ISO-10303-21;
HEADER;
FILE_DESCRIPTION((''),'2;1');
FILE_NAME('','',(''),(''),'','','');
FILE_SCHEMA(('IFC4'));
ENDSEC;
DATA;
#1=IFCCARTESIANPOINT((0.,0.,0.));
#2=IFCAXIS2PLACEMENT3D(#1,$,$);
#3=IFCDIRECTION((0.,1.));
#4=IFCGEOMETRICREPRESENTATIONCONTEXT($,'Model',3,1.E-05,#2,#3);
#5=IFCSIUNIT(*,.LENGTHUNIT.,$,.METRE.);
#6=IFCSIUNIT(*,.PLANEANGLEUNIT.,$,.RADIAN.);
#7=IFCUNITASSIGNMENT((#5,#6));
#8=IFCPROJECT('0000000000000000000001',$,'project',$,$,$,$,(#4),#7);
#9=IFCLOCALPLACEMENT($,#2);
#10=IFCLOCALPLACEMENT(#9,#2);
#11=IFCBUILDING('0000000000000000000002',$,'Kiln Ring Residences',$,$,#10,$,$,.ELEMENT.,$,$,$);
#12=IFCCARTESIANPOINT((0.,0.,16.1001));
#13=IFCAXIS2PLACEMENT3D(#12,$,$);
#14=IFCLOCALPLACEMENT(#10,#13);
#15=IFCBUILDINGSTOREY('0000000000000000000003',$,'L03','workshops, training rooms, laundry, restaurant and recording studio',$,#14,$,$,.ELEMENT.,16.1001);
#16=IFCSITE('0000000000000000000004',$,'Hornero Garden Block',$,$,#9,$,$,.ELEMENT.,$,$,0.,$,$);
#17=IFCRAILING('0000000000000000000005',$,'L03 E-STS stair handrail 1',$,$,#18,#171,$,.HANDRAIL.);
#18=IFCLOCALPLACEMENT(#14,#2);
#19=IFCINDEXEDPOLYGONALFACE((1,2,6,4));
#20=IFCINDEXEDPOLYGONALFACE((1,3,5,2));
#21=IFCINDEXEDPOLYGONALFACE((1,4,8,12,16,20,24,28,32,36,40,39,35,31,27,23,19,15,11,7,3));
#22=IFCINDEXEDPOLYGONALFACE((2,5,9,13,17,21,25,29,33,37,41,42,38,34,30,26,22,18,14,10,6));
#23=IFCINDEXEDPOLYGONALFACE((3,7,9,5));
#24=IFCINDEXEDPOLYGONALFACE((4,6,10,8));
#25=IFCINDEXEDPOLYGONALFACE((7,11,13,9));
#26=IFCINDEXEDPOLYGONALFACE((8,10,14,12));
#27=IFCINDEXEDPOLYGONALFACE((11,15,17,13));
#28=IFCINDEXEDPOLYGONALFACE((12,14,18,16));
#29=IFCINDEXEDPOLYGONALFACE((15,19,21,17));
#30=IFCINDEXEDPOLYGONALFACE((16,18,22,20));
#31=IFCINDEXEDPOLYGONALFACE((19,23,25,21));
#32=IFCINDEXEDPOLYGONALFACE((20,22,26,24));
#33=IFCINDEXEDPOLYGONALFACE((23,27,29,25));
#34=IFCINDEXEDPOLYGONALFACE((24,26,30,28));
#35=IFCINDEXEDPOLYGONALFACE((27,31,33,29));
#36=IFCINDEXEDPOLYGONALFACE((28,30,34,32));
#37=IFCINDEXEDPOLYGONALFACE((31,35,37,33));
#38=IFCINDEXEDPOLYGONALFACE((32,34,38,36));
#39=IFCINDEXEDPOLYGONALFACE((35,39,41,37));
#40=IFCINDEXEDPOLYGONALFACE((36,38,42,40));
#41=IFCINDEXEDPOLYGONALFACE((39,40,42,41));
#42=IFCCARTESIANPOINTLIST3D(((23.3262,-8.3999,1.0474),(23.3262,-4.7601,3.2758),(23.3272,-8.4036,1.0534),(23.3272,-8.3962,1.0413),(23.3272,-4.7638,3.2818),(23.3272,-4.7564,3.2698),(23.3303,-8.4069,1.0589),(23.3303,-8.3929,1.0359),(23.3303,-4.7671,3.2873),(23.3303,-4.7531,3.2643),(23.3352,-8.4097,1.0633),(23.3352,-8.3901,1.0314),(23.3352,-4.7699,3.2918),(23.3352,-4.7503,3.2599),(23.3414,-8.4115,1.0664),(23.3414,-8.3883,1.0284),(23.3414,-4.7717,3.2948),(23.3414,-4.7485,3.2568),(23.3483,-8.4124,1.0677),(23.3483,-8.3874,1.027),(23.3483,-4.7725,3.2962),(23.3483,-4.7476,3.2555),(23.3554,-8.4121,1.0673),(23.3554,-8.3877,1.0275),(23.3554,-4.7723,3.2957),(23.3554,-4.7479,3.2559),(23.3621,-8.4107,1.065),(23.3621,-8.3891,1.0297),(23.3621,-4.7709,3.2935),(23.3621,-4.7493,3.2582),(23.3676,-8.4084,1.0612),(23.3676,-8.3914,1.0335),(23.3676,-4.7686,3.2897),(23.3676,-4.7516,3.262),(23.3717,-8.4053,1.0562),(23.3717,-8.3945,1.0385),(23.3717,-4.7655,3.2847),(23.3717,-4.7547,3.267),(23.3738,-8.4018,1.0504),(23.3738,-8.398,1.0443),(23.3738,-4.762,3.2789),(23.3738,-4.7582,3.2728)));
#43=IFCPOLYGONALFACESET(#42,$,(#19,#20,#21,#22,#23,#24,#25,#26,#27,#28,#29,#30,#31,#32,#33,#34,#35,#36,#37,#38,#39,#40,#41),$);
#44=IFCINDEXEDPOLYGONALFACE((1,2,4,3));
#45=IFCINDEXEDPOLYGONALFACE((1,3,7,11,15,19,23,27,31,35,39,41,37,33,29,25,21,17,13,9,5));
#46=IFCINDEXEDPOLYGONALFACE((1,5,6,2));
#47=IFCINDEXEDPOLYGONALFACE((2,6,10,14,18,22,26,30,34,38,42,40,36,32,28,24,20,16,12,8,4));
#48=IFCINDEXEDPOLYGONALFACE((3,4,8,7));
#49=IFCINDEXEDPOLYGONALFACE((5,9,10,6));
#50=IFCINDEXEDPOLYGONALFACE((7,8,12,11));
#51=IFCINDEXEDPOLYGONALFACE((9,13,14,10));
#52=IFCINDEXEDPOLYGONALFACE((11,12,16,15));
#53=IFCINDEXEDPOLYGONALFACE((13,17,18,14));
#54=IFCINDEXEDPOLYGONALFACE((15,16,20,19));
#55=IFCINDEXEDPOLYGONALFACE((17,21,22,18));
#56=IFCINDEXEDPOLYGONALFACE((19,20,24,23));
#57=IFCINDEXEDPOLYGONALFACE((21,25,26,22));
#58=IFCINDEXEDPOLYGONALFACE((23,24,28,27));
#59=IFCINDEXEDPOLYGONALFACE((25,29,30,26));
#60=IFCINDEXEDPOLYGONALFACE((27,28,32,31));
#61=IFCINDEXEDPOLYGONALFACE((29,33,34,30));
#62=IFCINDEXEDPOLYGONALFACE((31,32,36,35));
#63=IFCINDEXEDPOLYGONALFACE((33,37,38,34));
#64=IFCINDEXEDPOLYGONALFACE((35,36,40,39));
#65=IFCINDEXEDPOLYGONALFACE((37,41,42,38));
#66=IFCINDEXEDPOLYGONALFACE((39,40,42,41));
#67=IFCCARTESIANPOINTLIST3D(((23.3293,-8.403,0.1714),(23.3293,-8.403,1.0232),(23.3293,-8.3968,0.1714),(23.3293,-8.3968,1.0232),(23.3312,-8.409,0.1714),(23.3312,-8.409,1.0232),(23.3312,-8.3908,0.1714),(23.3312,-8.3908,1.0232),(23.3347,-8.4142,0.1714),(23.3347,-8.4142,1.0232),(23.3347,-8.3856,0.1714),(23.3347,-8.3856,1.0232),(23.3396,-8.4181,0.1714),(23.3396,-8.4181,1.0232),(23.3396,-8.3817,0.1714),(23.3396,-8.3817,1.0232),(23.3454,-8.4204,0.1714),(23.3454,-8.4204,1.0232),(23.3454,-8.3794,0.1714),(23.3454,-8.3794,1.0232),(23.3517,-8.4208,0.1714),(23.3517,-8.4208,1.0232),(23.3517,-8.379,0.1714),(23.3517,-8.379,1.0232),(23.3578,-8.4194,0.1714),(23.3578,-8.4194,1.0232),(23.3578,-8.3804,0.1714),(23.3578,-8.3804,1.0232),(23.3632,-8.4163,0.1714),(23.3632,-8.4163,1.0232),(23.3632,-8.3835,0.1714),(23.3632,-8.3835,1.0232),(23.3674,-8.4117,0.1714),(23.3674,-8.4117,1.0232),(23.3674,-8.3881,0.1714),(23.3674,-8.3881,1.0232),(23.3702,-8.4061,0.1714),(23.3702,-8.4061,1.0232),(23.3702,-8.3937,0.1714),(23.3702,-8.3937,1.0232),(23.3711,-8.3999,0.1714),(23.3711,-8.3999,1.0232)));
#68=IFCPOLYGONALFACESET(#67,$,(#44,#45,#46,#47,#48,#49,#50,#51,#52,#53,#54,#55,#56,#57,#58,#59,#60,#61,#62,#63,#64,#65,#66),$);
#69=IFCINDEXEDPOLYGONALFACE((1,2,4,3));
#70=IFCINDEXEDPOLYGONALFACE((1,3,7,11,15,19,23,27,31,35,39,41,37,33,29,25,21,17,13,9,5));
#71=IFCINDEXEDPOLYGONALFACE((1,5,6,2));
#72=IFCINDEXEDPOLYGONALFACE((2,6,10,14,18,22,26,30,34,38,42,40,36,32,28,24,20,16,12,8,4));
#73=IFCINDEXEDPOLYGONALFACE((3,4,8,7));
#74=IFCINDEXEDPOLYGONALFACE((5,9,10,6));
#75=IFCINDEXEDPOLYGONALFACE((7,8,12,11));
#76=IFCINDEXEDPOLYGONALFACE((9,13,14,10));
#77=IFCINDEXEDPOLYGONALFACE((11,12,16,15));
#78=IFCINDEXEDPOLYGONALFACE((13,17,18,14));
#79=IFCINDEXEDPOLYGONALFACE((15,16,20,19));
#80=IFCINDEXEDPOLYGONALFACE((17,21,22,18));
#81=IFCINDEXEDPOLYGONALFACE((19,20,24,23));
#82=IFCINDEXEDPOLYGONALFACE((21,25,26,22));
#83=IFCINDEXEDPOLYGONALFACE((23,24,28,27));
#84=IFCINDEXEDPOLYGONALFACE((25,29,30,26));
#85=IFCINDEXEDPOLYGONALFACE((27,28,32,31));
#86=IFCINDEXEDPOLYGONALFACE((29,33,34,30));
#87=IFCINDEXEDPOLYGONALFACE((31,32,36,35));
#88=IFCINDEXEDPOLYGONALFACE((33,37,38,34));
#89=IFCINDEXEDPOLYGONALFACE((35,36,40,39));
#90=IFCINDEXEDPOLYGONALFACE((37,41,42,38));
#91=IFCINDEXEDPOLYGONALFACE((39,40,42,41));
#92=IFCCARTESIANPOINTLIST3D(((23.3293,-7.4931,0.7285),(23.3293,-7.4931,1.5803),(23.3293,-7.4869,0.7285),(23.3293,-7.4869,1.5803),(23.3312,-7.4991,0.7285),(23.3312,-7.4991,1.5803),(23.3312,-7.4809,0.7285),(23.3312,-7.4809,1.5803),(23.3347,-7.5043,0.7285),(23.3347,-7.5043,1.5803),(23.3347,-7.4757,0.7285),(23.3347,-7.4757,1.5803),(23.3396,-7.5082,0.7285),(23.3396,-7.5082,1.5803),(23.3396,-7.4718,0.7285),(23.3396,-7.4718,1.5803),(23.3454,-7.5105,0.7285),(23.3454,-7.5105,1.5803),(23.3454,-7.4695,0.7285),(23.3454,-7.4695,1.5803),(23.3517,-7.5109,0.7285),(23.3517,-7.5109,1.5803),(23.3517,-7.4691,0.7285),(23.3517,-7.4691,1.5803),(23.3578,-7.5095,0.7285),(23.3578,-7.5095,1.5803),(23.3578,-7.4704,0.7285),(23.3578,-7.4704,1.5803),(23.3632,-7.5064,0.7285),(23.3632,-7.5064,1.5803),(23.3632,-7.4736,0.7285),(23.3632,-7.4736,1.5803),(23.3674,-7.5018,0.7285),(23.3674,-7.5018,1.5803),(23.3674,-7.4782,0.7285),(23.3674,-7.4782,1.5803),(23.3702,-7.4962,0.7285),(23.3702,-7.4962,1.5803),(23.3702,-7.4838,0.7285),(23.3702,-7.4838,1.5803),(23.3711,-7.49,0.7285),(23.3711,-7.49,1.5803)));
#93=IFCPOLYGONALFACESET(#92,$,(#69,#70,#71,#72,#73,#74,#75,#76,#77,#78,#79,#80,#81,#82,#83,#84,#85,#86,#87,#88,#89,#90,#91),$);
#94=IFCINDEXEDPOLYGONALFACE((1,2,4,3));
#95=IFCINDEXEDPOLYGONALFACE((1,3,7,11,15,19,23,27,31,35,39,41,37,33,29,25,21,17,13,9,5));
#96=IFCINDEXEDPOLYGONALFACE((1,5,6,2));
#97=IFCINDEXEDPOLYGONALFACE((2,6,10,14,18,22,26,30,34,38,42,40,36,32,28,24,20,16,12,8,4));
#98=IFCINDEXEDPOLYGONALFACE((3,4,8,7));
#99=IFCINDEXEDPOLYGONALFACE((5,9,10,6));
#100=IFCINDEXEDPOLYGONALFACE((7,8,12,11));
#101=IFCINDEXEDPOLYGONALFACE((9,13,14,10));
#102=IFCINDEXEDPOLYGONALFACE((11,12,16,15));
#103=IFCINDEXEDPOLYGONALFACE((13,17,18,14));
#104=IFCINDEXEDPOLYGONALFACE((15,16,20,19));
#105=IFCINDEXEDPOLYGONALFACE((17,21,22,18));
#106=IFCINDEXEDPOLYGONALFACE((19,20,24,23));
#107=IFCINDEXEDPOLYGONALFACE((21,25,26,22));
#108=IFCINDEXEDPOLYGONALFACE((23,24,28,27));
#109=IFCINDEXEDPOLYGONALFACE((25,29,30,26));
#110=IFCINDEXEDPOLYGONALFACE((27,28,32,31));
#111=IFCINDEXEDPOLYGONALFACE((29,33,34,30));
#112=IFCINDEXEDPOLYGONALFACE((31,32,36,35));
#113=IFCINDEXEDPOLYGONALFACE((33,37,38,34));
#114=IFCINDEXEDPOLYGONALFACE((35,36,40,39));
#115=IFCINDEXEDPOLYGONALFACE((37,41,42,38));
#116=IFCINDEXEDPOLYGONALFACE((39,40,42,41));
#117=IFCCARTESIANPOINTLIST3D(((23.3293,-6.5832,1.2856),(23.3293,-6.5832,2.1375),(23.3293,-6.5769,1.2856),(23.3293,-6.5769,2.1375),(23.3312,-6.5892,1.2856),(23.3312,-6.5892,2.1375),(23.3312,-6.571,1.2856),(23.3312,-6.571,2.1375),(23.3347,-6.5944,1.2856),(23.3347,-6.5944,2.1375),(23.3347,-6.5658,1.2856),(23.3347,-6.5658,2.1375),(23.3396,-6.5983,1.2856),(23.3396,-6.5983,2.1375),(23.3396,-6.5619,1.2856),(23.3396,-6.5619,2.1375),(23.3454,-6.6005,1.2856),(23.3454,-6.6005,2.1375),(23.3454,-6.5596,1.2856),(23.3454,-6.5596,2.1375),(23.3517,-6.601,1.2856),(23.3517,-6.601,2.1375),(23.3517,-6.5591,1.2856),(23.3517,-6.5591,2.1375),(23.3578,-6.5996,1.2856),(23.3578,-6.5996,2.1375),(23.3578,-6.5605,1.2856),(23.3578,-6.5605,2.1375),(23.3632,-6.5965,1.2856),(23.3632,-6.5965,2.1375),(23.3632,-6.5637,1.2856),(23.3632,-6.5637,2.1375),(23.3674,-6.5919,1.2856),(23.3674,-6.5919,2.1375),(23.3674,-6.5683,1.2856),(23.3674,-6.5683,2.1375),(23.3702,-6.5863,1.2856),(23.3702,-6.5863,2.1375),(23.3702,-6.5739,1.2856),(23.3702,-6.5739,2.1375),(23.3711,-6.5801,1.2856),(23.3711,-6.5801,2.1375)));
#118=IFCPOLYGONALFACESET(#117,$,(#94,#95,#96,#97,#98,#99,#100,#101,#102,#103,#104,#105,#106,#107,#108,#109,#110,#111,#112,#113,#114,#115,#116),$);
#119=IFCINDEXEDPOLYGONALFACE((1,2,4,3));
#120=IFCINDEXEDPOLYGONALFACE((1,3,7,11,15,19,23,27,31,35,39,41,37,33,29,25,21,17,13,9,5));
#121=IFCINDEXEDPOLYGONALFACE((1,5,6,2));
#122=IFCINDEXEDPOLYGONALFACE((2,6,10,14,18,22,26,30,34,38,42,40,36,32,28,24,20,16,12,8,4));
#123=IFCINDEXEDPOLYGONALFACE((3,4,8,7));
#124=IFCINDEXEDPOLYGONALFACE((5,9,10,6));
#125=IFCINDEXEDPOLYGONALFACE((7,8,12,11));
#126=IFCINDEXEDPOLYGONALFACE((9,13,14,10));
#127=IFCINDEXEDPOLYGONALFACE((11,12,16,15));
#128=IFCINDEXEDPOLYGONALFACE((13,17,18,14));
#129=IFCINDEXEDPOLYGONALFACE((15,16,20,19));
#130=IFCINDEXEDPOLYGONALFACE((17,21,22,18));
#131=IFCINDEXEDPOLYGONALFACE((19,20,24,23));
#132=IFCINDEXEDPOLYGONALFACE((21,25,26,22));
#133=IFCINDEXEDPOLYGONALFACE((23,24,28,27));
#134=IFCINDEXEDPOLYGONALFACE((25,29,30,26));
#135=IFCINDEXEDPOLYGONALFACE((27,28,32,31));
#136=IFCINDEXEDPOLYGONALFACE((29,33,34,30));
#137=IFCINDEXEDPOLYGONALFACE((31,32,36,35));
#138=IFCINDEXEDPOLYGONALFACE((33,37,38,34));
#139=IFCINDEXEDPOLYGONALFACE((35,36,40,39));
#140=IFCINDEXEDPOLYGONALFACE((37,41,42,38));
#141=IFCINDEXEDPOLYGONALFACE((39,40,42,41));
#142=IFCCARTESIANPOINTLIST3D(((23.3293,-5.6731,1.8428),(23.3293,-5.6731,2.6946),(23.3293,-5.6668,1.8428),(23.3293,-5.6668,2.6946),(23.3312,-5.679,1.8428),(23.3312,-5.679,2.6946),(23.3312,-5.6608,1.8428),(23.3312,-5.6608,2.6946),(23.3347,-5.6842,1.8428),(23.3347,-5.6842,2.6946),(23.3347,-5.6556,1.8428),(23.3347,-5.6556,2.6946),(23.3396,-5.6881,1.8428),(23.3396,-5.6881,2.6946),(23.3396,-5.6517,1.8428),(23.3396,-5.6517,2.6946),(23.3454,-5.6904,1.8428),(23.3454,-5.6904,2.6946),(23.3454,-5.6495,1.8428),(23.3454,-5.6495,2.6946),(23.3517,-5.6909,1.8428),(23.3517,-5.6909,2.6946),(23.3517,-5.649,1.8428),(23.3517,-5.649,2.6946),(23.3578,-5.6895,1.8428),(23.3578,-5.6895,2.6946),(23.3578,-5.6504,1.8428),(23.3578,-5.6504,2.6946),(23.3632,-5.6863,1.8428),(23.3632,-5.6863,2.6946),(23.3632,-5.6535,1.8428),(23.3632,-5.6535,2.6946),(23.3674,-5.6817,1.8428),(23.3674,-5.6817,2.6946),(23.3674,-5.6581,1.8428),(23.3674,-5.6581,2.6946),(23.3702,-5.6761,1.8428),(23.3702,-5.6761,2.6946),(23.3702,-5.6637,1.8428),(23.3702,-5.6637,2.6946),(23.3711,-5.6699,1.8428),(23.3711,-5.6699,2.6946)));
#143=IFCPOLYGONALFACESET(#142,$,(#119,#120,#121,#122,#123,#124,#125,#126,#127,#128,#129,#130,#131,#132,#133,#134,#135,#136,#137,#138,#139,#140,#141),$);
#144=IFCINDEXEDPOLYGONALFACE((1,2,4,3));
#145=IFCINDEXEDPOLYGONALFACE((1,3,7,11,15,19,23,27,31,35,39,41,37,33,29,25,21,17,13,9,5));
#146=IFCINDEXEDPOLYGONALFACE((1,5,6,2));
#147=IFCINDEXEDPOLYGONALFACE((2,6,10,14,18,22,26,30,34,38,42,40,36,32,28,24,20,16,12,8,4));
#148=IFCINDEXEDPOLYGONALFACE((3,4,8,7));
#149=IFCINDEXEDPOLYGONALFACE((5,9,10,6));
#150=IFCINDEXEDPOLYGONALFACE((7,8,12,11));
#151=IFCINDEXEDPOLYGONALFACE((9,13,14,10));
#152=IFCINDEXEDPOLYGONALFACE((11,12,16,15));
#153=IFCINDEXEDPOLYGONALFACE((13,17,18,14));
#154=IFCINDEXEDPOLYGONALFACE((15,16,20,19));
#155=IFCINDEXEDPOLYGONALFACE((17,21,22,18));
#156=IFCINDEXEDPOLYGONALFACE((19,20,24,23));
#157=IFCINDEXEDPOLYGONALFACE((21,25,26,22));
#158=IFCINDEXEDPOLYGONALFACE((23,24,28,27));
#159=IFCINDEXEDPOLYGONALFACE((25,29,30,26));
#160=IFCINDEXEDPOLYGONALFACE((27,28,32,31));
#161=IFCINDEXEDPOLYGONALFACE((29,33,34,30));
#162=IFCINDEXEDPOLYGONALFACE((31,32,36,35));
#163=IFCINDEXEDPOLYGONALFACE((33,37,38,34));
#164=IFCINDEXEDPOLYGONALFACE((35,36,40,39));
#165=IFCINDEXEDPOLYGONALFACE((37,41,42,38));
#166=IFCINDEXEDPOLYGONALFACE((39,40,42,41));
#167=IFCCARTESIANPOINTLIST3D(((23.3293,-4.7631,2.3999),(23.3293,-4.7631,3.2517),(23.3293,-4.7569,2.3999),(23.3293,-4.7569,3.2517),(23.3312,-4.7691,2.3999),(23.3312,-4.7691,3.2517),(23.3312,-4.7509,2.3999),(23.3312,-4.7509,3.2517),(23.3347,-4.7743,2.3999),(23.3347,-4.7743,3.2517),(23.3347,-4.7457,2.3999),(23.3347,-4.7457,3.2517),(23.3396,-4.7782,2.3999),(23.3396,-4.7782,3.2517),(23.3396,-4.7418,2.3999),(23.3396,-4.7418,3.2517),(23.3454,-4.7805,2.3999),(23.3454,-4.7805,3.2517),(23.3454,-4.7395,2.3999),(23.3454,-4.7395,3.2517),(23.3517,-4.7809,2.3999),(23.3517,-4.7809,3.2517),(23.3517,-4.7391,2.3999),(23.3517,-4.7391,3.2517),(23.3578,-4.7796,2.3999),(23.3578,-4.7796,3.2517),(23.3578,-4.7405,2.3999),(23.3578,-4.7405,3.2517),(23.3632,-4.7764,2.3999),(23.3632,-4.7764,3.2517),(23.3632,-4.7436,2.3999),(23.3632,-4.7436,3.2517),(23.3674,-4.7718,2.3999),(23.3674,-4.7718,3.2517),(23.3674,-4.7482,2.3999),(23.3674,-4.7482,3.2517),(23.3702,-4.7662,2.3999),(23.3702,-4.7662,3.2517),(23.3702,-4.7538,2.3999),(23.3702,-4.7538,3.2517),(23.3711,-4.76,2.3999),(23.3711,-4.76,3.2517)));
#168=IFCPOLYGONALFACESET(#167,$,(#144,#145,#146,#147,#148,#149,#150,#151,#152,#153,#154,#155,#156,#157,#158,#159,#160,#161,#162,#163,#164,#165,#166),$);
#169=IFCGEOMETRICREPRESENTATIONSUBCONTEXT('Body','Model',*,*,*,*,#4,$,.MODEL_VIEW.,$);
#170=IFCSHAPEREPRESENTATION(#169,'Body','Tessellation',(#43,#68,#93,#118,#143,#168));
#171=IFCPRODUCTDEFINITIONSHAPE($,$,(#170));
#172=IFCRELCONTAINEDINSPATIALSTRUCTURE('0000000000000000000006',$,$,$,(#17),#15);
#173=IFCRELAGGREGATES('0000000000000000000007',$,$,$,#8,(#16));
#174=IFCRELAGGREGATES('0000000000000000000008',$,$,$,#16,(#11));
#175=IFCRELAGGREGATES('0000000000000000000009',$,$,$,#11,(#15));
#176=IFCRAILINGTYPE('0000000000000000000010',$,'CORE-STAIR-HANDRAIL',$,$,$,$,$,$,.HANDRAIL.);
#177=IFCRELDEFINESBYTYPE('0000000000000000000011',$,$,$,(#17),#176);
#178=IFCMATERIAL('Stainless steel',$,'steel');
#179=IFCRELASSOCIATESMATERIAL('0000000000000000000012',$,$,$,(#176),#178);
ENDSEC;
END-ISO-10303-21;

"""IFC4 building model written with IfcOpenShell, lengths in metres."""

from ifc_helpers import new_model, si_unit, direction, frame, origin, origin_2d, place, context, subcontext, project, spatial, circle, extrude, material, type_object, element, save


model = new_model("IFC4")

# Units and contexts
model_context = context("Model", 3, precision=1e-05, world=origin(), true_north=direction((0.0, 1.0)))
body_context = subcontext(model_context, "Body", "Model", "MODEL_VIEW")
ifc_project = project(units=[si_unit("LENGTHUNIT", "METRE"), si_unit("PLANEANGLEUNIT", "RADIAN")], contexts=[model_context])

# Site, building, storey
site_placement = place(None, origin())
site = spatial("IfcSite", under=ifc_project, at=site_placement, Name="Hornero Garden Block", CompositionType="ELEMENT", RefElevation=0.0)
building_placement = place(site_placement, origin())
building = spatial("IfcBuilding", under=site, at=building_placement, Name="Kiln Ring Residences", CompositionType="ELEMENT")
storey_placement = place(building_placement, frame((0.0, 0.0, 16.1001)))
storey = spatial("IfcBuildingStorey", under=building, at=storey_placement, Name="L03", Description="workshops, training rooms, laundry, restaurant and recording studio", CompositionType="ELEMENT", Elevation=16.1001)

# Railing
ifc_material_1 = material(Name="Stainless steel", Category="steel")
railing_type_1 = type_object("IfcRailingType", Name="CORE-STAIR-HANDRAIL", PredefinedType="HANDRAIL", material=ifc_material_1)
railing_1_placement = place(storey_placement, frame((23.3501, -8.3999, 0.1714)))
element("IfcRailing", 1, at=railing_1_placement, inside=storey, type_object=railing_type_1, Name="L03 E-STS stair handrail 1", PredefinedType="HANDRAIL", context=body_context, shape_type="SweptSolid", body=[
    extrude(circle(Radius=0.0239, at=origin_2d()), frame((0.0, 0.0, 0.876), z_axis=(0.0, 0.85285, 0.522156), x_axis=(-1.0, 0.0, 0.0)), (0.0, 0.0, 1.0), 4.2678),
    extrude(circle(Radius=0.021, at=origin_2d()), origin(), (0.0, 0.0, 1.0), 0.8518),
    extrude(circle(Radius=0.021, at=origin_2d()), frame((0.0, 0.9099, 0.5571)), (0.0, 0.0, 1.0), 0.8518),
    extrude(circle(Radius=0.021, at=origin_2d()), frame((0.0, 1.8198, 1.1143)), (0.0, 0.0, 1.0), 0.8518),
    extrude(circle(Radius=0.021, at=origin_2d()), frame((0.0, 2.73, 1.6714)), (0.0, 0.0, 1.0), 0.8518),
    extrude(circle(Radius=0.021, at=origin_2d()), frame((0.0, 3.6399, 2.2285)), (0.0, 0.0, 1.0), 0.8518),
])

save(model, "model.ifc")
